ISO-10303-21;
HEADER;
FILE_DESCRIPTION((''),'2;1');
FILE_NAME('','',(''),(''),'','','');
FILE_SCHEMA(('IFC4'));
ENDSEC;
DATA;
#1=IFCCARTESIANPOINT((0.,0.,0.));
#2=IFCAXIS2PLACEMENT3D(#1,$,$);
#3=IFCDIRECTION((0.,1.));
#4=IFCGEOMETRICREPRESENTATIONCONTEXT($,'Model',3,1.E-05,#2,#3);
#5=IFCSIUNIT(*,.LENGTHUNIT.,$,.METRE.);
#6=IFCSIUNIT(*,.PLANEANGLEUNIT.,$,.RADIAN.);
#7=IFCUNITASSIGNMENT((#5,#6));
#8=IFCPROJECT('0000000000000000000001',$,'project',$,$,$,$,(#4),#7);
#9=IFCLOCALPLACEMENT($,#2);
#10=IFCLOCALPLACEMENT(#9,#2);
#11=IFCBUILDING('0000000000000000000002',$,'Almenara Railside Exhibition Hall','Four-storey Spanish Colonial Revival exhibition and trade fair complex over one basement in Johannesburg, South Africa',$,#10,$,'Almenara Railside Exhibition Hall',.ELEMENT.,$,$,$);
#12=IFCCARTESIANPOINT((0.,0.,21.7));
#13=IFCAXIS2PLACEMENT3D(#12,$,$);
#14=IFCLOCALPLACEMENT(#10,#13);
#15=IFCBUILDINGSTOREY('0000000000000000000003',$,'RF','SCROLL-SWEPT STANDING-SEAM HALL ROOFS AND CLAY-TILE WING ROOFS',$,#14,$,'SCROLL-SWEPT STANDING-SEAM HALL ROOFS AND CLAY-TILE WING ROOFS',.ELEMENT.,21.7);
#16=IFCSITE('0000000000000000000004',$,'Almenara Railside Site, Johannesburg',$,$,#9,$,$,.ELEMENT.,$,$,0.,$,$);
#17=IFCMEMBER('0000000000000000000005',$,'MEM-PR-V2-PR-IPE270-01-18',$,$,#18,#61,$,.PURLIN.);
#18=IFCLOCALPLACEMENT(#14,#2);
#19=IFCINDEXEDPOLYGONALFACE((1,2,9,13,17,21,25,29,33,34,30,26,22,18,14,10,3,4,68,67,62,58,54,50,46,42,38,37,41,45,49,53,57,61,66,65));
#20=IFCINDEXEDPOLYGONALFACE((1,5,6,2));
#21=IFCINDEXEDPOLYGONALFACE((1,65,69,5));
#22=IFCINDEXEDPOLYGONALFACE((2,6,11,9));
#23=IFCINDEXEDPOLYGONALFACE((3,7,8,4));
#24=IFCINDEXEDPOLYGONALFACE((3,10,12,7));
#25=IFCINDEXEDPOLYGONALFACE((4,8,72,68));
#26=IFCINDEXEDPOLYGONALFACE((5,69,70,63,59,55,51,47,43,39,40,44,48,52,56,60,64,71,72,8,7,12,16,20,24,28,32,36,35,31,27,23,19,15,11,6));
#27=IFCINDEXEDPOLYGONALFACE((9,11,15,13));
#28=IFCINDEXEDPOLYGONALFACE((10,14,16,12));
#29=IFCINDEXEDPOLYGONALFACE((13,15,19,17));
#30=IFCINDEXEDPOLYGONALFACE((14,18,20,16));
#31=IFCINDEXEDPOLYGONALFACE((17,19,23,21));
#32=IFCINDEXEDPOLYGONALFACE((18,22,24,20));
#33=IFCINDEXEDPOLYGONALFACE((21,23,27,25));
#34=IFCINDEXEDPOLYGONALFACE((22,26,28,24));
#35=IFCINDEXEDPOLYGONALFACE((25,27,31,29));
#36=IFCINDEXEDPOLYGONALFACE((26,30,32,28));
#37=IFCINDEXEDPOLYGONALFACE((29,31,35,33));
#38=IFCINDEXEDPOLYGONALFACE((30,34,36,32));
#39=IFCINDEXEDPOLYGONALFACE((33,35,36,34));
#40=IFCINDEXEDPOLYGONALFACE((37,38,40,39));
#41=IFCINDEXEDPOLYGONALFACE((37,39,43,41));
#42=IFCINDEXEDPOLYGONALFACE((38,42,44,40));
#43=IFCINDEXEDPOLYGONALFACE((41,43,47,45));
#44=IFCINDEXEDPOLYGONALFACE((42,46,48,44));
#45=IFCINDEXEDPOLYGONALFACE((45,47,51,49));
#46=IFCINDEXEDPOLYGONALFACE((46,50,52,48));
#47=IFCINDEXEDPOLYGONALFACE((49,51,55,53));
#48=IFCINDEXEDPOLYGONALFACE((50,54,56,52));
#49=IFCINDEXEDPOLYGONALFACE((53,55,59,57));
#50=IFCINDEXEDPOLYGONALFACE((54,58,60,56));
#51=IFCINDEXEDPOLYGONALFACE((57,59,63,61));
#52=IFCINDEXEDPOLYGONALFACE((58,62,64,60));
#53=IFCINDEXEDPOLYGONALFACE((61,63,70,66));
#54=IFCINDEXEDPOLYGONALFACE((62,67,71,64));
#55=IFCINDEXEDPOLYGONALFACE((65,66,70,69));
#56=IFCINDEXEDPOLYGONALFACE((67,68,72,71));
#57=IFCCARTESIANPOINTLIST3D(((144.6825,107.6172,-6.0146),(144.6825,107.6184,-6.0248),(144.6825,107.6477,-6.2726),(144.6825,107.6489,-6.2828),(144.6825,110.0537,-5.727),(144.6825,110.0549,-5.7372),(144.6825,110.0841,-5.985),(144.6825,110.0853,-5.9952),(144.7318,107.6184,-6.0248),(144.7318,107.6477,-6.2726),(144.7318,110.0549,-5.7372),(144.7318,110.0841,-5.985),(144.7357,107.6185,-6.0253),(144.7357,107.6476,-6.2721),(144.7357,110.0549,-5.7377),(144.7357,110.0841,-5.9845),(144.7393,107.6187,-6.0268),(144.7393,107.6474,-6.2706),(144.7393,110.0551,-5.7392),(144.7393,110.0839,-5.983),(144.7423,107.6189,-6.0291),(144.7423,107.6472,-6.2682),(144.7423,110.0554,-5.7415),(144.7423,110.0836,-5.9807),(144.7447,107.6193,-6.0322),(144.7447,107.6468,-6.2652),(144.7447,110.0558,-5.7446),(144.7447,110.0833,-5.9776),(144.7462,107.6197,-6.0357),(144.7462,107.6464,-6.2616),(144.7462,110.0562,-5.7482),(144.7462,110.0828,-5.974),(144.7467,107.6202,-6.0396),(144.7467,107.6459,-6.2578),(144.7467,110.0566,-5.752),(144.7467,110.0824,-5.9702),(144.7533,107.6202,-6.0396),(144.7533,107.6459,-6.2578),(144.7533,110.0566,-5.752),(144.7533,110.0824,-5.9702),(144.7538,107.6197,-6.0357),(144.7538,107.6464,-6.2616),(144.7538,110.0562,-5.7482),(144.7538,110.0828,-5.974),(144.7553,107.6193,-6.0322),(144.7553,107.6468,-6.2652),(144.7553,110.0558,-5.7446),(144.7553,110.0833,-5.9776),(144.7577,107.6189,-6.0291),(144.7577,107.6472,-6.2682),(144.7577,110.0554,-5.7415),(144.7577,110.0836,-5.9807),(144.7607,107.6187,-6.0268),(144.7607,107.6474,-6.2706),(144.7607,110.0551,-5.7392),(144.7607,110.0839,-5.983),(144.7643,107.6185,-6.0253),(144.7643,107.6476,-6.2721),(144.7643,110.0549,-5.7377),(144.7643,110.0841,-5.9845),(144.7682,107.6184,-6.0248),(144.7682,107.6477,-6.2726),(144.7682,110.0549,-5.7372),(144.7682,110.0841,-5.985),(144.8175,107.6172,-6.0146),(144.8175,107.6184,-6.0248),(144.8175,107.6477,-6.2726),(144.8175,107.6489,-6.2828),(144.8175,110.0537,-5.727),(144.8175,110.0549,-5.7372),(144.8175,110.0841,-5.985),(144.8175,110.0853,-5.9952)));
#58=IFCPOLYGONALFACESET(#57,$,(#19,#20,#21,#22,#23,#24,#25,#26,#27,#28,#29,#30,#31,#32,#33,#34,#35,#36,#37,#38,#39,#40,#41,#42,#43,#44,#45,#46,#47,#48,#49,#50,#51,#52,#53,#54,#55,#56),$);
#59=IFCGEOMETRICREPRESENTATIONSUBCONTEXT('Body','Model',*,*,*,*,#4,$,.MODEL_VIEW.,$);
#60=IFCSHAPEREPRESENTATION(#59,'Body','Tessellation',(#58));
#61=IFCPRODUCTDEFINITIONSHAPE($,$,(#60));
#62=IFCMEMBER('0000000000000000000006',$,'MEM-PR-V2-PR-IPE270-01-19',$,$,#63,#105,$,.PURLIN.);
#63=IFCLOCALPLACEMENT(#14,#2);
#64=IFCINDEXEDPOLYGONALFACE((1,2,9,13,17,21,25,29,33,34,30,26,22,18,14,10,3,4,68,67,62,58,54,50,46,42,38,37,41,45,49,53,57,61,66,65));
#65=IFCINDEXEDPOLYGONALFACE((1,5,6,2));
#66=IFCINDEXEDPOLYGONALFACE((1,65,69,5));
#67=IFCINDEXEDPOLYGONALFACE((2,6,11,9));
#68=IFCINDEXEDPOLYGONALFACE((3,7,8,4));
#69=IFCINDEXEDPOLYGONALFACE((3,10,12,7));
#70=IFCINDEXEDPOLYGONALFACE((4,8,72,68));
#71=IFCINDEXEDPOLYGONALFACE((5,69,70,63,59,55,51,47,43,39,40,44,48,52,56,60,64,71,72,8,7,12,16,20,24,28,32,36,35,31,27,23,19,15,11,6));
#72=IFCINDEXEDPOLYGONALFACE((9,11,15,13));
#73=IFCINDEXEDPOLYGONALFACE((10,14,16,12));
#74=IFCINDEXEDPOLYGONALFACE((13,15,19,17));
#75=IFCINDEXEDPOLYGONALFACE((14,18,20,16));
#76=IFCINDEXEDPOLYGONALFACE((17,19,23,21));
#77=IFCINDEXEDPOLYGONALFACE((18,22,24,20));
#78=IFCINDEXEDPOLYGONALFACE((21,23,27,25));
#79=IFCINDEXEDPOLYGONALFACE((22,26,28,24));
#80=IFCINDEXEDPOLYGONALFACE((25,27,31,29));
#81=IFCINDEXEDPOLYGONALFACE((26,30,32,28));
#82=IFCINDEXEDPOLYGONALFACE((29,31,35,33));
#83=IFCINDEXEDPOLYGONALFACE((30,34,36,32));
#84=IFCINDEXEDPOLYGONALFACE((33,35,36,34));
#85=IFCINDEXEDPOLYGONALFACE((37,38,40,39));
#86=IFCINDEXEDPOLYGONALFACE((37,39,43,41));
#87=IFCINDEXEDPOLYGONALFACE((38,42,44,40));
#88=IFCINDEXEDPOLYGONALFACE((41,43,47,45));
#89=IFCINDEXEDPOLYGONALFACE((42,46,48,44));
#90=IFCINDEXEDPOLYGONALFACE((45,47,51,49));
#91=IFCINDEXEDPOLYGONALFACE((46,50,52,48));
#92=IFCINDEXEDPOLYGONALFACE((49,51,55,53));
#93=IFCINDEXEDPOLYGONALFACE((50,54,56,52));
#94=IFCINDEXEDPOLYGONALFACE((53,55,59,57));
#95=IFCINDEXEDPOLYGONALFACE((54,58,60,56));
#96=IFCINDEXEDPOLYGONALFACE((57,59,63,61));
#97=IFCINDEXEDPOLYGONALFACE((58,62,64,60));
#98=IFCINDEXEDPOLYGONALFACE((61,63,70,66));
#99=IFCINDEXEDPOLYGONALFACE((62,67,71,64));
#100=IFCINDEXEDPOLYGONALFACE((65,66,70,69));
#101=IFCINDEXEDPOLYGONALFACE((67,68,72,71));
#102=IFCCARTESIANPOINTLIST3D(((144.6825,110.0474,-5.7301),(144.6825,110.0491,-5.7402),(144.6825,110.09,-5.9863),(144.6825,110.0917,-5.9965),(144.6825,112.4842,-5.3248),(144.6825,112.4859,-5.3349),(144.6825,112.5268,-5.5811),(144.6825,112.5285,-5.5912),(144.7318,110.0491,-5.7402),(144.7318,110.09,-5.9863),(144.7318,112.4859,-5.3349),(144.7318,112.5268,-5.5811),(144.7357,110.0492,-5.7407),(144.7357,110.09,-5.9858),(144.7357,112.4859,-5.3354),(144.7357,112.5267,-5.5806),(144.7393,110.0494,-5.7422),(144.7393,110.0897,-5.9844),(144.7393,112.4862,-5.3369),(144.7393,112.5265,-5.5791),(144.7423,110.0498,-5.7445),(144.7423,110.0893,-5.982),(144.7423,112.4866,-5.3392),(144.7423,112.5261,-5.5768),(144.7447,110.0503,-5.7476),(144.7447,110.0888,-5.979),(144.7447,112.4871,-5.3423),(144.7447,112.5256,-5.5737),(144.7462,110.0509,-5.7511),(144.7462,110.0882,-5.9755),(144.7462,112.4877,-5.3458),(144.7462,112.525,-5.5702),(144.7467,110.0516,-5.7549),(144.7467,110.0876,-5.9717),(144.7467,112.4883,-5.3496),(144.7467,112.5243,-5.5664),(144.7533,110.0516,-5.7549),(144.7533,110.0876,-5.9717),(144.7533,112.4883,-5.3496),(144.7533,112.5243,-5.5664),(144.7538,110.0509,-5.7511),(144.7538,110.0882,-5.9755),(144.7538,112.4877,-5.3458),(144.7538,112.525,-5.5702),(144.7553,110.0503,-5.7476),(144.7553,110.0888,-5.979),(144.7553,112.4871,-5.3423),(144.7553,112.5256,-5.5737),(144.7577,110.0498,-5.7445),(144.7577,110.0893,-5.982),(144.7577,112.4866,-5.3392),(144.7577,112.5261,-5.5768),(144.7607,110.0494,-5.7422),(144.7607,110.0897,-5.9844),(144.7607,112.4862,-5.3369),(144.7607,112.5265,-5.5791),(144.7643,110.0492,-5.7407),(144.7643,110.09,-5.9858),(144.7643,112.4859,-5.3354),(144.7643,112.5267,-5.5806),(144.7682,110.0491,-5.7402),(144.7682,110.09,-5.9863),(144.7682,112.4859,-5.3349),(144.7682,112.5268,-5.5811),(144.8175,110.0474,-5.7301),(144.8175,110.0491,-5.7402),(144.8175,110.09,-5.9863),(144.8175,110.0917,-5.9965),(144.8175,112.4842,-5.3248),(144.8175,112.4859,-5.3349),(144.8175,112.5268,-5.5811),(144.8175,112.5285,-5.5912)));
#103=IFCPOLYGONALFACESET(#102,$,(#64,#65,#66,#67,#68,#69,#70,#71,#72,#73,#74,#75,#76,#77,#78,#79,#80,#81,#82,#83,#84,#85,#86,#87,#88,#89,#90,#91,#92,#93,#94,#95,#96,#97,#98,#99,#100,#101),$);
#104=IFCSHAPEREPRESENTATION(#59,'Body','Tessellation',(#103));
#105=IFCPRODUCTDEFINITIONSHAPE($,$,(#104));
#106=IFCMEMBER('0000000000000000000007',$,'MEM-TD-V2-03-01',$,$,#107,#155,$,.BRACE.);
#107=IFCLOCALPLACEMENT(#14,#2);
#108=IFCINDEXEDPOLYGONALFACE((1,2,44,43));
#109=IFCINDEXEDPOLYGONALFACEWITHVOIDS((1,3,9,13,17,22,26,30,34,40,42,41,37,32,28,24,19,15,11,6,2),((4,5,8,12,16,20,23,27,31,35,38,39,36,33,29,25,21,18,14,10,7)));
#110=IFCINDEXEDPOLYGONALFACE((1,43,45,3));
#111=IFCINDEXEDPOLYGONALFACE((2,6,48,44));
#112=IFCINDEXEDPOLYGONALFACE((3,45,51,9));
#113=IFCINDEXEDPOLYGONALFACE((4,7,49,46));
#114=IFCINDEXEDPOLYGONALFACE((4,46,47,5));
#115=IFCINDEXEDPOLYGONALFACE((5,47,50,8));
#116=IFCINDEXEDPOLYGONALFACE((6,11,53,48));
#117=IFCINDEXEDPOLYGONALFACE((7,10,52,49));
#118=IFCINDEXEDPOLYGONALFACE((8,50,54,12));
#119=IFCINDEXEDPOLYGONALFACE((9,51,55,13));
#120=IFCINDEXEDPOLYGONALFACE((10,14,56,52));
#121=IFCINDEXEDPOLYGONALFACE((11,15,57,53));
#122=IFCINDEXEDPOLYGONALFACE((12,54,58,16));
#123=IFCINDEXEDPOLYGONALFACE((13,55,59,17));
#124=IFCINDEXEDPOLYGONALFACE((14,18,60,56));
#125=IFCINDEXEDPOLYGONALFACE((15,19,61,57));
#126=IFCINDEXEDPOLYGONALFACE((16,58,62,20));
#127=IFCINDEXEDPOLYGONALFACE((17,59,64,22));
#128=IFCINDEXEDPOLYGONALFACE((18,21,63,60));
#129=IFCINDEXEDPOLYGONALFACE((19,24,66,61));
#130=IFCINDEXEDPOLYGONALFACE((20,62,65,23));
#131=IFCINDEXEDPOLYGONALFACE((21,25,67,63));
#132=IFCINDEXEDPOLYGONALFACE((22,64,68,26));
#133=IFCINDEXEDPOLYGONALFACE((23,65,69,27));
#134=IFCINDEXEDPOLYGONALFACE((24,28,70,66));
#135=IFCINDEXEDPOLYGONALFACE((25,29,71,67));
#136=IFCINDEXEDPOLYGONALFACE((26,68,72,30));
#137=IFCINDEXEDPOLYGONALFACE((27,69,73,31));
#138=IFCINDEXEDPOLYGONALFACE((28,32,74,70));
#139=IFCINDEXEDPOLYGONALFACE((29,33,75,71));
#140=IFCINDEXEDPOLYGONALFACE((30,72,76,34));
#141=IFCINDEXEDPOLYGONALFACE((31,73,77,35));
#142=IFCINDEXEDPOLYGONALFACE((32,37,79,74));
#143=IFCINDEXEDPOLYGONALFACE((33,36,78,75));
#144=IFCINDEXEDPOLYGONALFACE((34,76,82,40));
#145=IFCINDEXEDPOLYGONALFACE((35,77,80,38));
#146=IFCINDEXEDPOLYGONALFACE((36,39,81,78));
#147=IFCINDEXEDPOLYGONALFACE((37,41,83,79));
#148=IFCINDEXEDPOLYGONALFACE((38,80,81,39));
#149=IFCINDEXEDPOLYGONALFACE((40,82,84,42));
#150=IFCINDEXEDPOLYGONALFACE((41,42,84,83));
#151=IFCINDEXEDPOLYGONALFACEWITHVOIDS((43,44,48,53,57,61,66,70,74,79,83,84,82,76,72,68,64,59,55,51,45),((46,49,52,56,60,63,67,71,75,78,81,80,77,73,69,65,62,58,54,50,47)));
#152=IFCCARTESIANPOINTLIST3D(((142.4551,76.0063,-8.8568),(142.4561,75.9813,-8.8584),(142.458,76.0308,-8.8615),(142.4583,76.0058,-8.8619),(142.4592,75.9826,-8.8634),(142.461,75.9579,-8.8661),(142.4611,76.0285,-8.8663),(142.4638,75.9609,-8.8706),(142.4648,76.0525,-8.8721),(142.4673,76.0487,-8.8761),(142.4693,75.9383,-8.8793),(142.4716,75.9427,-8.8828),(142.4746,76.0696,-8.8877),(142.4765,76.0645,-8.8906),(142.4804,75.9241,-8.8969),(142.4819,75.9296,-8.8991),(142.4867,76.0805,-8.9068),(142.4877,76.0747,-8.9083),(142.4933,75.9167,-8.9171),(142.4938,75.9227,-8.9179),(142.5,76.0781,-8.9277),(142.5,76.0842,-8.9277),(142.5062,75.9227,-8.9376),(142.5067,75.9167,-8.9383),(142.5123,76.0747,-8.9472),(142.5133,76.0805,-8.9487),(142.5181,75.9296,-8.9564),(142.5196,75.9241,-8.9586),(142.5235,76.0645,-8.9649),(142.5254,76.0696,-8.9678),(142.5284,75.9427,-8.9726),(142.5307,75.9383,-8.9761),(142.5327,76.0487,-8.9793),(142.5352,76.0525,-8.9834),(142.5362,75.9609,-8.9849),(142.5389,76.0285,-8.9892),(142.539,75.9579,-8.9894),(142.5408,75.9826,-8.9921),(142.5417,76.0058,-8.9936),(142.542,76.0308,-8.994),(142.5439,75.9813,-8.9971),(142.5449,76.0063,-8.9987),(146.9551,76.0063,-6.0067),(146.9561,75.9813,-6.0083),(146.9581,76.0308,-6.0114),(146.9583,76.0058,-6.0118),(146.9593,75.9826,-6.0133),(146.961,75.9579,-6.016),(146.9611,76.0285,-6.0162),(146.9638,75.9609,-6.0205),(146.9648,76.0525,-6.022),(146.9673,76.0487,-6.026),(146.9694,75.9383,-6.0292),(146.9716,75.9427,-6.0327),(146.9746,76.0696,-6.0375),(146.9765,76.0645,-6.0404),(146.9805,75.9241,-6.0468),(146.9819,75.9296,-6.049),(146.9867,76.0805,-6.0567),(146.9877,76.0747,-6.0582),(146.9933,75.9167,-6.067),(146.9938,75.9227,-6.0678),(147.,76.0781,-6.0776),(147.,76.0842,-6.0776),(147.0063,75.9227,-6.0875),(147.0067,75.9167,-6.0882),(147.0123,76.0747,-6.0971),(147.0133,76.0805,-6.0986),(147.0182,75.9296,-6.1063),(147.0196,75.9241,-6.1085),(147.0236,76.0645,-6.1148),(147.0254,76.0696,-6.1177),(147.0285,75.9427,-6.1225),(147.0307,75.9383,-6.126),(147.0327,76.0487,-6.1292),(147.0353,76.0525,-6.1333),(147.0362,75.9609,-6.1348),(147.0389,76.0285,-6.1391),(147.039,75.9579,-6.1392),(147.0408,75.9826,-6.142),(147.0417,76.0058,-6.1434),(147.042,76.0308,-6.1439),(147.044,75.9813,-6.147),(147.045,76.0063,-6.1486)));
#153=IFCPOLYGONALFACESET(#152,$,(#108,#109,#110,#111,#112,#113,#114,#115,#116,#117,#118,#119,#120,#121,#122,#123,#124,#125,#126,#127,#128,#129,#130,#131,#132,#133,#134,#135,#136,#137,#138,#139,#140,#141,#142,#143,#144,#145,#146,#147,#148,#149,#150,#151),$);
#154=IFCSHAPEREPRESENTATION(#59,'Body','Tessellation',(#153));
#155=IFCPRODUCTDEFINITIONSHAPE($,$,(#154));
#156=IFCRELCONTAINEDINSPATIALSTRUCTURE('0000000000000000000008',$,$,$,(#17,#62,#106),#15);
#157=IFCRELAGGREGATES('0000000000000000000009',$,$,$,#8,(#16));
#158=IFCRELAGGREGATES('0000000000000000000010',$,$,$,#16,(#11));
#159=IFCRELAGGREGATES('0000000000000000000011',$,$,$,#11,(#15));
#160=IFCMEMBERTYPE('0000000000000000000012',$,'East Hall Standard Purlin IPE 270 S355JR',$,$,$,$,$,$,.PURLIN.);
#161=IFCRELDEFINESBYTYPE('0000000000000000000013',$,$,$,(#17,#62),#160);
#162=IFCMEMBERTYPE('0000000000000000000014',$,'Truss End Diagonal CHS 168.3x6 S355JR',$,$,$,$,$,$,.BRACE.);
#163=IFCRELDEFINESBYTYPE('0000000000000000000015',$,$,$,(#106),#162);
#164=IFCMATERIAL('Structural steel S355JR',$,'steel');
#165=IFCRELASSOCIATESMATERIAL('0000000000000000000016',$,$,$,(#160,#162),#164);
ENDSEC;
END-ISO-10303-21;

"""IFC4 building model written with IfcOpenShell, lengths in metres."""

from ifc_helpers import new_model, si_unit, direction, frame, origin, origin_2d, place, context, subcontext, project, spatial, hollow_circle, i_section, extrude, material, material_profile, profile_set, type_object, element, save


model = new_model("IFC4")

# Units and contexts
model_context = context("Model", 3, precision=1e-05, world=origin(), true_north=direction((0.0, 1.0)))
body_context = subcontext(model_context, "Body", "Model", "MODEL_VIEW")
ifc_project = project(units=[si_unit("LENGTHUNIT", "METRE"), si_unit("PLANEANGLEUNIT", "RADIAN")], contexts=[model_context])

# Site, building, storey
site_placement = place(None, origin())
site = spatial("IfcSite", under=ifc_project, at=site_placement, Name="Almenara Railside Site, Johannesburg", CompositionType="ELEMENT", RefElevation=0.0)
building_placement = place(site_placement, origin())
building = spatial("IfcBuilding", under=site, at=building_placement, Name="Almenara Railside Exhibition Hall", Description="Four-storey Spanish Colonial Revival exhibition and trade fair complex over one basement in Johannesburg, South Africa", LongName="Almenara Railside Exhibition Hall", CompositionType="ELEMENT")
storey_placement = place(building_placement, frame((0.0, 0.0, 21.7)))
storey = spatial("IfcBuildingStorey", under=building, at=storey_placement, Name="RF", Description="SCROLL-SWEPT STANDING-SEAM HALL ROOFS AND CLAY-TILE WING ROOFS", LongName="SCROLL-SWEPT STANDING-SEAM HALL ROOFS AND CLAY-TILE WING ROOFS", CompositionType="ELEMENT", Elevation=21.7)

# Members
ifc_material = material(Name="Structural steel S355JR", Category="steel")
ifc_material_profile_1 = material_profile(ifc_material, i_section(OverallWidth=0.135, OverallDepth=0.27, WebThickness=0.0066, FlangeThickness=0.0103, FilletRadius=0.0149, at=origin_2d()), Name="IPE 270")
ifc_profile_set_1 = profile_set([ifc_material_profile_1], Name="Structural steel S355JR")
member_type_1 = type_object("IfcMemberType", Name="East Hall Standard Purlin IPE 270 S355JR", PredefinedType="PURLIN", material=ifc_profile_set_1)
member_1_placement = place(storey_placement, frame((144.75, 107.6331, -6.1487), z_axis=(0.0, 0.993106, 0.117222), x_axis=(-1.0, 0.0, 0.0)))
element("IfcMember", 1, at=member_1_placement, inside=storey, type_object=member_type_1, Name="MEM-PR-V2-PR-IPE270-01-18", PredefinedType="PURLIN", context=body_context, shape_type="SweptSolid", body=[
    extrude(i_section(OverallWidth=0.135, OverallDepth=0.27, WebThickness=0.0066, FlangeThickness=0.0103, FilletRadius=0.0149, at=origin_2d()), origin(), (0.0, 0.0, 1.0), 2.4534),
])
member_2_placement = place(storey_placement, frame((144.75, 110.0696, -5.8633), z_axis=(0.0, 0.98645, 0.164062), x_axis=(-1.0, 0.0, 0.0)))
element("IfcMember", 2, at=member_2_placement, inside=storey, type_object=member_type_1, Name="MEM-PR-V2-PR-IPE270-01-19", PredefinedType="PURLIN", context=body_context, shape_type="SweptSolid", body=[
    extrude(i_section(OverallWidth=0.135, OverallDepth=0.27, WebThickness=0.0066, FlangeThickness=0.0103, FilletRadius=0.0149, at=origin_2d()), origin(), (0.0, 0.0, 1.0), 2.4702),
])
ifc_material_profile_2 = material_profile(ifc_material, hollow_circle(Radius=0.0842, WallThickness=0.0061, at=origin_2d()), Name="CHS 168.3x6")
ifc_profile_set_2 = profile_set([ifc_material_profile_2], Name="Structural steel S355JR")
member_type_2 = type_object("IfcMemberType", Name="Truss End Diagonal CHS 168.3x6 S355JR", PredefinedType="BRACE", material=ifc_profile_set_2)
for number, where, z_axis, x_axis, name in (
    (3, (142.5, 76.0, -8.9277), (0.844811, 0.0, 0.535065), (0.0, 1.0, 0.0), "MEM-TD-V2-03-01"),
):
    element("IfcMember", number, at=place(storey_placement, frame(where, z_axis=z_axis, x_axis=x_axis)), inside=storey, type_object=member_type_2, Name=name, PredefinedType="BRACE", context=body_context, shape_type="SweptSolid", body=[
        extrude(hollow_circle(Radius=0.0842, WallThickness=0.0061, at=origin_2d()), origin(), (0.0, 0.0, 1.0), 5.3267),
    ])

save(model, "model.ifc")
